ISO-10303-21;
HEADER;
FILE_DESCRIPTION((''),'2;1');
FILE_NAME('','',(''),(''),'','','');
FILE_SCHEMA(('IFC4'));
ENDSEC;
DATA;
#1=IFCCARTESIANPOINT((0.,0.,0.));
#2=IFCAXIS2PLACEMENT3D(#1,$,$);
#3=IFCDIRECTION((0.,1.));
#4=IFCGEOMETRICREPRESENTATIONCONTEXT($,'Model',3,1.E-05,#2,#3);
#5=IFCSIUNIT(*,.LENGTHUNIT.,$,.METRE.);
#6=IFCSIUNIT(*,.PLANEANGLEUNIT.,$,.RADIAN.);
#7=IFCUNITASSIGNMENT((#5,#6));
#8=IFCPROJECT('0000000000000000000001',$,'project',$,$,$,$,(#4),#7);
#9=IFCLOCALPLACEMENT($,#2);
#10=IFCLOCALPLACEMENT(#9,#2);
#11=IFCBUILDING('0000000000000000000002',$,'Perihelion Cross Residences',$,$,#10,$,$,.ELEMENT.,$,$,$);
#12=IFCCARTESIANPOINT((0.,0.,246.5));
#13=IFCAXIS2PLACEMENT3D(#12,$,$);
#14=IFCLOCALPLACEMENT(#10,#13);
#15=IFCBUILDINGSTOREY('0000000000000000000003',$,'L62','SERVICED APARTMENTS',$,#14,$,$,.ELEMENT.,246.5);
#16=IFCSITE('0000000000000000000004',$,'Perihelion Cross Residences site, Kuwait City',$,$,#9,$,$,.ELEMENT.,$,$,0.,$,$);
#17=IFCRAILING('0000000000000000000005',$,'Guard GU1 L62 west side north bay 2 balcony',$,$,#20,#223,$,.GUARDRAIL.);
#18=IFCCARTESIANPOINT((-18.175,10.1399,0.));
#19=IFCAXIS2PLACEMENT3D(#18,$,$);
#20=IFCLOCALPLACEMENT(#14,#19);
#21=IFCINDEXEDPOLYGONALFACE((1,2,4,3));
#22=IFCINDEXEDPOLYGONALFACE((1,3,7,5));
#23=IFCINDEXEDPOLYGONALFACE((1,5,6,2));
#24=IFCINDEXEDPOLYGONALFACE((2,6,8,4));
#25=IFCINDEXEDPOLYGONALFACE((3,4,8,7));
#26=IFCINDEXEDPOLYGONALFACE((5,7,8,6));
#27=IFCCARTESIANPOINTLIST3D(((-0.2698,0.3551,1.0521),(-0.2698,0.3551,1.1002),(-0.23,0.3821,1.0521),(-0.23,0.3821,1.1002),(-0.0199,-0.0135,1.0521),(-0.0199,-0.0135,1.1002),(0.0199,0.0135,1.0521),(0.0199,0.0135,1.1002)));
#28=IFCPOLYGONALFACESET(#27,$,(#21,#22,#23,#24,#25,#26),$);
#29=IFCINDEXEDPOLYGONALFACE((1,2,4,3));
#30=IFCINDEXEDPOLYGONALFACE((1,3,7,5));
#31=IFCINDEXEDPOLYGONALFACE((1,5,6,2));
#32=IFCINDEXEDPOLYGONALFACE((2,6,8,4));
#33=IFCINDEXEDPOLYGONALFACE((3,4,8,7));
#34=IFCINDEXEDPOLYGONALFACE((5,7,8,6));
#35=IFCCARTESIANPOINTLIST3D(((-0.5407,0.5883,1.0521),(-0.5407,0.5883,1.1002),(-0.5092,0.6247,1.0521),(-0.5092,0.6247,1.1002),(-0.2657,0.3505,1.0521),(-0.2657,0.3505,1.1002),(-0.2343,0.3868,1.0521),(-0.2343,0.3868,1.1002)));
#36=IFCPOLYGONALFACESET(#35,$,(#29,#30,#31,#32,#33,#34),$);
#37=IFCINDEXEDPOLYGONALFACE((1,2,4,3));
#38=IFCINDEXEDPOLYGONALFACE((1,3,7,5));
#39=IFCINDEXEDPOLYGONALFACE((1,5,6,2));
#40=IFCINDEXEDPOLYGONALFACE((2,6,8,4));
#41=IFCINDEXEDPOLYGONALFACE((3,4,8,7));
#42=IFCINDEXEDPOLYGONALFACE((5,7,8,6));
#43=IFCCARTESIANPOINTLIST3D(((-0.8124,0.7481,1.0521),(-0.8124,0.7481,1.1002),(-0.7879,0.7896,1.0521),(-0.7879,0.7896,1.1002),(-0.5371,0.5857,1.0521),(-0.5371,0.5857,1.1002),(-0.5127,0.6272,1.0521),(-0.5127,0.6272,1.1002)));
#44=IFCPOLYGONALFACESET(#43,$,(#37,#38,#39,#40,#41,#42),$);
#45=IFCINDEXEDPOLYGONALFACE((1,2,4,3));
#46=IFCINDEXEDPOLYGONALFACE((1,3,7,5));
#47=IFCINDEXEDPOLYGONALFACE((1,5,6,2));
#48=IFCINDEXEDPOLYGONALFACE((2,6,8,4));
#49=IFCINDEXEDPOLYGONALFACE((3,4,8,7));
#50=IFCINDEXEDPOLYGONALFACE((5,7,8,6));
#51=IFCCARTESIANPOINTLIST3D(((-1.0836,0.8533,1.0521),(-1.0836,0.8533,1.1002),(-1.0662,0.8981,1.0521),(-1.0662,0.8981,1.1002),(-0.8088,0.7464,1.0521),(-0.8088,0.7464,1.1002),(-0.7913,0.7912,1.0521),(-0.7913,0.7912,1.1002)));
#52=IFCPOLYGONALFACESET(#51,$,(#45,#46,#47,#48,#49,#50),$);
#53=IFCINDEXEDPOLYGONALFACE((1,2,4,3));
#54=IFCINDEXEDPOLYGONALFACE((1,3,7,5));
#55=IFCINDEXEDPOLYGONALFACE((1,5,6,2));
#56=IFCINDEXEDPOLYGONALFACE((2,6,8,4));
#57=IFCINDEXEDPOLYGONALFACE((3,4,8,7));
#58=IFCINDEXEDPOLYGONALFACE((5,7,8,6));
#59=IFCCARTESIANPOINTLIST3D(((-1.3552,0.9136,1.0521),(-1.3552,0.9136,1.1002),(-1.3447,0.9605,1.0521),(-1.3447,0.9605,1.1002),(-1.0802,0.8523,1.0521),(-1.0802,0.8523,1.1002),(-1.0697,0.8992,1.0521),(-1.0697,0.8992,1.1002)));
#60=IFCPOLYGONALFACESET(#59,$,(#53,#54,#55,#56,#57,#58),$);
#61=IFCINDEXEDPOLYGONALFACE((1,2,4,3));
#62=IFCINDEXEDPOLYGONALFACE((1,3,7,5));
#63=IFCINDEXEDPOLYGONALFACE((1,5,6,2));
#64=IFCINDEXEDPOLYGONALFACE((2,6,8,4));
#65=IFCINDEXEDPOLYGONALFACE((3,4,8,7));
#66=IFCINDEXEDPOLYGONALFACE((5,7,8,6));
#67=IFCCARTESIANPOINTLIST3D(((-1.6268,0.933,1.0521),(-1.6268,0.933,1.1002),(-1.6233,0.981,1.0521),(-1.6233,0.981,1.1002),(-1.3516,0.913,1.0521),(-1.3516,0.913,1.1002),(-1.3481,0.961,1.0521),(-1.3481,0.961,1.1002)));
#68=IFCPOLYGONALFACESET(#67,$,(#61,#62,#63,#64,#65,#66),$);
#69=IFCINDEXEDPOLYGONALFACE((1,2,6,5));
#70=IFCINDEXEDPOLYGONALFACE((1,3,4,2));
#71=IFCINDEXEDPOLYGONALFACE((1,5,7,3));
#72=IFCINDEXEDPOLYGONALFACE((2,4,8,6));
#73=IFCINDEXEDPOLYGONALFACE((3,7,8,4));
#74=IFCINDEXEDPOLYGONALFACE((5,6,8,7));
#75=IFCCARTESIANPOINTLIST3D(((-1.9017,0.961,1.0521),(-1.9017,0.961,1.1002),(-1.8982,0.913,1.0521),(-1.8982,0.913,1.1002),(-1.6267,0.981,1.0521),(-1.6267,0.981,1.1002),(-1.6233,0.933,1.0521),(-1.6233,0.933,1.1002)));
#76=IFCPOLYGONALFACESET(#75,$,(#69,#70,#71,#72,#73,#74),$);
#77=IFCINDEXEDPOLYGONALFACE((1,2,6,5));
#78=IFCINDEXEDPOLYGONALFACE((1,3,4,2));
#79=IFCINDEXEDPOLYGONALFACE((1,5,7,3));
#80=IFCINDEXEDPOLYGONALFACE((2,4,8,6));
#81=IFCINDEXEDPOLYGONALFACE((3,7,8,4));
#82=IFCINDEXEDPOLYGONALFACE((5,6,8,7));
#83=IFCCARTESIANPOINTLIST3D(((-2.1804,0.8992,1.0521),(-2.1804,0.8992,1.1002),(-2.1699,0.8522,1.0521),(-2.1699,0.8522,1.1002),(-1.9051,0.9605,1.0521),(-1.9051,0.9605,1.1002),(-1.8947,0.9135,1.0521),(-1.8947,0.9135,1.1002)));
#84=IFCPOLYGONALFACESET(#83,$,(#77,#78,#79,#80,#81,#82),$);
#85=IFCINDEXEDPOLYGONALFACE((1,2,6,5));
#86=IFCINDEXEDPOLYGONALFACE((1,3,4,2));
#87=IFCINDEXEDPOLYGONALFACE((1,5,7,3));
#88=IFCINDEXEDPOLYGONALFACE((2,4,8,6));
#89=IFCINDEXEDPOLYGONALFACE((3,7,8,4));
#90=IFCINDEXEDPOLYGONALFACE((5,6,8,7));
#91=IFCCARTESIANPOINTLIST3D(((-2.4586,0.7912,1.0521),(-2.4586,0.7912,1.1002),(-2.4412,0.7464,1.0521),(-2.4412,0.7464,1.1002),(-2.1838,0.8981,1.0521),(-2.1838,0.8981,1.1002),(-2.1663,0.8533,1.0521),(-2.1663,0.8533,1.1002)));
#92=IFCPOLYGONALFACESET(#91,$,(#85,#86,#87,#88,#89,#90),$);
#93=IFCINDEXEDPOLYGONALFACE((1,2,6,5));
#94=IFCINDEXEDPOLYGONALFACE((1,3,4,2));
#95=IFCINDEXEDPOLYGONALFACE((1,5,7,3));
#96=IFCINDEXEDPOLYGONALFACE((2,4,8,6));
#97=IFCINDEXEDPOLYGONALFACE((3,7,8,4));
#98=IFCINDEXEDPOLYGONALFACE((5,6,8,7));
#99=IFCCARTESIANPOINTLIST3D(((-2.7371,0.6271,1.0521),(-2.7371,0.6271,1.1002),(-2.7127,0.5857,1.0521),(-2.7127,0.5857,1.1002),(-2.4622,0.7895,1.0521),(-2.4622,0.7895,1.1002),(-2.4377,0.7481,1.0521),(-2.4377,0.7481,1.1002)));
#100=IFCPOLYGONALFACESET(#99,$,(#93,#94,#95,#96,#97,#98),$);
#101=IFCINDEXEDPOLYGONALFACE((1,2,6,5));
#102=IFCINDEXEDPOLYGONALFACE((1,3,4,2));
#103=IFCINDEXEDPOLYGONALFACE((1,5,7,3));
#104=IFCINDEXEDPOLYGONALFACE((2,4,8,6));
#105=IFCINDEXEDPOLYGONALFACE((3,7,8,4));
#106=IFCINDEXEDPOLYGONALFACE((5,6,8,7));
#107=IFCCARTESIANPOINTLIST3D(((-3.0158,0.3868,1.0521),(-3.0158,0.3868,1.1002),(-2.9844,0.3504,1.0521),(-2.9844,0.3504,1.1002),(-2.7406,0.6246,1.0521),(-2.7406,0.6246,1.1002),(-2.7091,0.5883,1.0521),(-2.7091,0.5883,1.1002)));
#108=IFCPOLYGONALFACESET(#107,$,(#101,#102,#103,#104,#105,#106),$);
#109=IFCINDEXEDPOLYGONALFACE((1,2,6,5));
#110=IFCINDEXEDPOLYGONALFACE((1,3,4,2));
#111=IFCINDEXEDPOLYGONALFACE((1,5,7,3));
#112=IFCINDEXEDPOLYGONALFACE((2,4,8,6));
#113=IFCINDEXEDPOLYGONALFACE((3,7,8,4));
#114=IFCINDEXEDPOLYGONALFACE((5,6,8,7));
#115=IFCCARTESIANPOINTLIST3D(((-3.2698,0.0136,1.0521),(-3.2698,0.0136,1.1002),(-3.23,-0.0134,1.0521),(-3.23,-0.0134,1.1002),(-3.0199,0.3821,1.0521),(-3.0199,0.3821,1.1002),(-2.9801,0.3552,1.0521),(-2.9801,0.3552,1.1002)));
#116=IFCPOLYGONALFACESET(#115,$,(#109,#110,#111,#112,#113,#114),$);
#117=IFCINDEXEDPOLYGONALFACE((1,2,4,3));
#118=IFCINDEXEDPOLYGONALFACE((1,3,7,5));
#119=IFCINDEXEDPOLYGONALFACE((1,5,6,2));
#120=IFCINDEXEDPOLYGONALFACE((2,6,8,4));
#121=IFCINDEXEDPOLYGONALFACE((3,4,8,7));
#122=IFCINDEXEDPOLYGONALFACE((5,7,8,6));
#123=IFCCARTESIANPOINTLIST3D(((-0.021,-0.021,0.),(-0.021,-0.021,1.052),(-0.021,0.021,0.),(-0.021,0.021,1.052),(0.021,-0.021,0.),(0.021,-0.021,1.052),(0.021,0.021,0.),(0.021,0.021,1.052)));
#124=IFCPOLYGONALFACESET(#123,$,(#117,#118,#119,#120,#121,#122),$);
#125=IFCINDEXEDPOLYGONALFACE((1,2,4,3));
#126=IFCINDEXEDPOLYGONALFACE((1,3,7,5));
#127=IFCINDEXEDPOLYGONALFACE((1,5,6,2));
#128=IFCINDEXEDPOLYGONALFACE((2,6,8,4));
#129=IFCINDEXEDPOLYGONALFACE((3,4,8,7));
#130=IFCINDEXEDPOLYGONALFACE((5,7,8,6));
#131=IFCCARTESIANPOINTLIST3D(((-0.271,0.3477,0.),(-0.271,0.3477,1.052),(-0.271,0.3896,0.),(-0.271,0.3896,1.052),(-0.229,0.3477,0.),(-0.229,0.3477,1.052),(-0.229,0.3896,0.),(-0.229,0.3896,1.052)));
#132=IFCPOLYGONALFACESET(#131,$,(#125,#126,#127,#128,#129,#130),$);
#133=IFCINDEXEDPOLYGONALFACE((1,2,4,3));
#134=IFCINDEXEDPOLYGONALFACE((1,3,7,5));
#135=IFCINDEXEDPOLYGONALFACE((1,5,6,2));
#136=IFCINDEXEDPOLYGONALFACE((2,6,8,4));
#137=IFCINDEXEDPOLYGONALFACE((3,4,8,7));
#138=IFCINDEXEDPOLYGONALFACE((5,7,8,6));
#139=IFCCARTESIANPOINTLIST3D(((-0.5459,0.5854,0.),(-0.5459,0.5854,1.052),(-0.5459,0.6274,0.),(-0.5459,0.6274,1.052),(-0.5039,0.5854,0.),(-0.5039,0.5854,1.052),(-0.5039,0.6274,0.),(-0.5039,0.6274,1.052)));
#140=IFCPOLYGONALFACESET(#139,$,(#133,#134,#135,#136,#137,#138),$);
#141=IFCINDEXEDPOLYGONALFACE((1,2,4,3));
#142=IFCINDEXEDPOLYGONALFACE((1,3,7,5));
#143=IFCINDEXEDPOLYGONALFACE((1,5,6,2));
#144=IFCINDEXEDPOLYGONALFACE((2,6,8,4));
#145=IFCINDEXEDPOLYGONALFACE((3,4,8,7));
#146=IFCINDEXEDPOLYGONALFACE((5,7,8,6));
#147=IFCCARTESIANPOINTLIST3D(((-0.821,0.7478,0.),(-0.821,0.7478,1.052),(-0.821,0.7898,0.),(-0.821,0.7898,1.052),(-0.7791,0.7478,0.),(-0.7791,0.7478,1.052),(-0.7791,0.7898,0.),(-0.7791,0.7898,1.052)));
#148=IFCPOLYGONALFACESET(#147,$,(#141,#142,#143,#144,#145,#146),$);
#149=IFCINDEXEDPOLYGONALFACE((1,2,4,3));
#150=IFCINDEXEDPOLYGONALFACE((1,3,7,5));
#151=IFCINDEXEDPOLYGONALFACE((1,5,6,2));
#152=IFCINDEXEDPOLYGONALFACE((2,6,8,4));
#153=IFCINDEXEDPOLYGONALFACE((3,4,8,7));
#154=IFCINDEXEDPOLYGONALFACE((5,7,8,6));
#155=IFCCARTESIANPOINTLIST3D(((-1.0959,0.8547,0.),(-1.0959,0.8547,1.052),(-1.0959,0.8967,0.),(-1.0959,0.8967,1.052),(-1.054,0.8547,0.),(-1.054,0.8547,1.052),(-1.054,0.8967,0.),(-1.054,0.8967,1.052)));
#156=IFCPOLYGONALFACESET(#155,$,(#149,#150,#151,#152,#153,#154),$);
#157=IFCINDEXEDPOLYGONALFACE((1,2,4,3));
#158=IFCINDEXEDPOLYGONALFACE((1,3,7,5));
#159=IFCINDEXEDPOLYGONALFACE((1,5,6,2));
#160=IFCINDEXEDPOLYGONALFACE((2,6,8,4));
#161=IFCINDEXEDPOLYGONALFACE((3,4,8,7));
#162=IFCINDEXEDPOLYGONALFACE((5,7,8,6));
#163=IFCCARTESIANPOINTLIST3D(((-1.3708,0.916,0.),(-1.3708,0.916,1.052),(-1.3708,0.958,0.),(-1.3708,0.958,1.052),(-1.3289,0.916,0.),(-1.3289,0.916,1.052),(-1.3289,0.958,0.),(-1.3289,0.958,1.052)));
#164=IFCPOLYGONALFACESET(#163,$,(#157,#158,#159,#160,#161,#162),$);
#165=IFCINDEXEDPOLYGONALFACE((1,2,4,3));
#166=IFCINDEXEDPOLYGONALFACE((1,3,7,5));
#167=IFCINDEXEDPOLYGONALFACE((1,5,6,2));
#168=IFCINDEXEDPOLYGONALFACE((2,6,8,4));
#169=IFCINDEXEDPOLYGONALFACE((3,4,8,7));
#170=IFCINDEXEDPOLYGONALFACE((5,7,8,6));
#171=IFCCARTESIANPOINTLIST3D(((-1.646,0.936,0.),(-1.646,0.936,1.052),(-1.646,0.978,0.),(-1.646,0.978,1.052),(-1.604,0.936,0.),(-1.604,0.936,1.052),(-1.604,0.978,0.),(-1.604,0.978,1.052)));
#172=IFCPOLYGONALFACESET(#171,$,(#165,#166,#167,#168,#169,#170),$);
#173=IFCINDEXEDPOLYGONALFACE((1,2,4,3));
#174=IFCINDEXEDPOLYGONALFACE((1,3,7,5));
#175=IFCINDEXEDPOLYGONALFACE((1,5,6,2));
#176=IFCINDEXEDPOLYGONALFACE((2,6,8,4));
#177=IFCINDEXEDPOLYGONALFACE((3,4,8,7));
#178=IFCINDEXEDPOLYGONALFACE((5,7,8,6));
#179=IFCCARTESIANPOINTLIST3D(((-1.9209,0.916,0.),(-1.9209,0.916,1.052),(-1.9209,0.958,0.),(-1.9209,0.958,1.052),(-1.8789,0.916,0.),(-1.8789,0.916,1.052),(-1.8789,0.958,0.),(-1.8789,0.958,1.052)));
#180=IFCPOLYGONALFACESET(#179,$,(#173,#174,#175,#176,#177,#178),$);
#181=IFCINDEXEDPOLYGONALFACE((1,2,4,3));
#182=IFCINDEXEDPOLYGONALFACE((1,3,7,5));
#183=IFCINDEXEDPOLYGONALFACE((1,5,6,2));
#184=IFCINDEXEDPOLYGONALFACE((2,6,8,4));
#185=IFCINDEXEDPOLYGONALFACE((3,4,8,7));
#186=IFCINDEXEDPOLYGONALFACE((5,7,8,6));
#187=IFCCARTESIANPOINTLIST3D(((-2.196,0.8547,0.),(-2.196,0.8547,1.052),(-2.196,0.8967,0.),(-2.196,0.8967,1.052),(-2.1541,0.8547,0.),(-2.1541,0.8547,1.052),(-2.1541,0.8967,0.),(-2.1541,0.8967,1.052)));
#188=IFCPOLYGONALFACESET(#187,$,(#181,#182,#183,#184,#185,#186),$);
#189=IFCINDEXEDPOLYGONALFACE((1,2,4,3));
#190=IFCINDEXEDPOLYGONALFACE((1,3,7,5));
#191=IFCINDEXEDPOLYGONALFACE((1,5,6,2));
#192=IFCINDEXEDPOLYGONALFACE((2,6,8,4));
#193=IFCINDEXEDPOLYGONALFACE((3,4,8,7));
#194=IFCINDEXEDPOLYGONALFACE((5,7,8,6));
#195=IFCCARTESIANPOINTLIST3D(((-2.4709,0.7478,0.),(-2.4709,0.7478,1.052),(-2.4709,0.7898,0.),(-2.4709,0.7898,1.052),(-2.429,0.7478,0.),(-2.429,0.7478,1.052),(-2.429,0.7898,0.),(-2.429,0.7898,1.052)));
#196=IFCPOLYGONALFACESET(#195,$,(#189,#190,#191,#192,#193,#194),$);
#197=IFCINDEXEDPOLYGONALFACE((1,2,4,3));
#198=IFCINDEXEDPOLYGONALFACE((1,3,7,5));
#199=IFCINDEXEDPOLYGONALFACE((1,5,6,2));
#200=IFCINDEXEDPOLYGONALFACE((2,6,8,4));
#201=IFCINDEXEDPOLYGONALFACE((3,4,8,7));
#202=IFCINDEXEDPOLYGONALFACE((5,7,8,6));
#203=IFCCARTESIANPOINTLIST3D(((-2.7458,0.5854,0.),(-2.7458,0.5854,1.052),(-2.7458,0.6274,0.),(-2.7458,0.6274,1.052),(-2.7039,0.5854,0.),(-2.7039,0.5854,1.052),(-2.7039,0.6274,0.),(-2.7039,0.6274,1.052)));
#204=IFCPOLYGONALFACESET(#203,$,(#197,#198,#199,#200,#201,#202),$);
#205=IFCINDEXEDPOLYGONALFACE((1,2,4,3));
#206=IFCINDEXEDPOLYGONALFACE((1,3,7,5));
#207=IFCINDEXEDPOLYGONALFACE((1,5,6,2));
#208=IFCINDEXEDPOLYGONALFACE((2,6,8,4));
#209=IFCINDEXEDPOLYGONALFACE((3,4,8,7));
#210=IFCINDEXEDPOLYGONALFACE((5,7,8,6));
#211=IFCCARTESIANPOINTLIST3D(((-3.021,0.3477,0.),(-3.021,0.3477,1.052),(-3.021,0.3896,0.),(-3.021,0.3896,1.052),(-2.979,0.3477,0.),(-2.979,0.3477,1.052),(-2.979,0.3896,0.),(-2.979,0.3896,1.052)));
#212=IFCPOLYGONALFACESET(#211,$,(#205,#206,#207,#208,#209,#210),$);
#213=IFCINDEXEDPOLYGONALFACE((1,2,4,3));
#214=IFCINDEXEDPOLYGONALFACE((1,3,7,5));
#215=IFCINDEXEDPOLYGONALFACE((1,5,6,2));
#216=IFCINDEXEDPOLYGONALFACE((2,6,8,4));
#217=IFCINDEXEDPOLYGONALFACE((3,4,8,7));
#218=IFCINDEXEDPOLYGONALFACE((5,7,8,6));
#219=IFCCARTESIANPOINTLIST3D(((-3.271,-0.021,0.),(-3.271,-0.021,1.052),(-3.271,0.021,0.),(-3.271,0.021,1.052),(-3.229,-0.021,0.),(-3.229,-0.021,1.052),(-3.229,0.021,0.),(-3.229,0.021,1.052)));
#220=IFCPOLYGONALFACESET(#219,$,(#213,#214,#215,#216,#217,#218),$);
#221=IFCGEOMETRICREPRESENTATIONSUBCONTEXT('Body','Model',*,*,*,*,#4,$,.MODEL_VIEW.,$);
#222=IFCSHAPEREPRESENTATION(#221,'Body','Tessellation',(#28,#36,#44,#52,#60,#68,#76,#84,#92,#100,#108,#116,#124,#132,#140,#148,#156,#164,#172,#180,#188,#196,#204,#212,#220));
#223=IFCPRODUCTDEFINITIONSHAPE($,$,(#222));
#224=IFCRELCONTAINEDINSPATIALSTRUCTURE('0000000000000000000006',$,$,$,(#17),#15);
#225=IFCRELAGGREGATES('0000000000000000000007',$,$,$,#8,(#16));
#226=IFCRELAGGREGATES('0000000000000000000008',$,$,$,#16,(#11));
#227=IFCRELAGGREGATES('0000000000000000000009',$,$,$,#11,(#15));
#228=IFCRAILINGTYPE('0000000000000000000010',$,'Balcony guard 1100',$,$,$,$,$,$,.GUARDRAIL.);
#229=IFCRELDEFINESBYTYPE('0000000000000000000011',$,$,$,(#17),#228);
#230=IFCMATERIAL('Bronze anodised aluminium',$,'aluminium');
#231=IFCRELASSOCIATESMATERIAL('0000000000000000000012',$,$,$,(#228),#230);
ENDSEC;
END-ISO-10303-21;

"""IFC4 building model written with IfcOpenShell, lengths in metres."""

from ifc_helpers import new_model, si_unit, direction, frame, origin, origin_2d, place, context, subcontext, project, spatial, rectangle, extrude, material, type_object, element, save


model = new_model("IFC4")

# Units and contexts
model_context = context("Model", 3, precision=1e-05, world=origin(), true_north=direction((0.0, 1.0)))
body_context = subcontext(model_context, "Body", "Model", "MODEL_VIEW")
ifc_project = project(units=[si_unit("LENGTHUNIT", "METRE"), si_unit("PLANEANGLEUNIT", "RADIAN")], contexts=[model_context])

# Site, building, storey
site_placement = place(None, origin())
site = spatial("IfcSite", under=ifc_project, at=site_placement, Name="Perihelion Cross Residences site, Kuwait City", CompositionType="ELEMENT", RefElevation=0.0)
building_placement = place(site_placement, origin())
building = spatial("IfcBuilding", under=site, at=building_placement, Name="Perihelion Cross Residences", CompositionType="ELEMENT")
storey_placement = place(building_placement, frame((0.0, 0.0, 246.5)))
storey = spatial("IfcBuildingStorey", under=building, at=storey_placement, Name="L62", Description="SERVICED APARTMENTS", CompositionType="ELEMENT", Elevation=246.5)

# Railing
ifc_material_1 = material(Name="Bronze anodised aluminium", Category="aluminium")
railing_type = type_object("IfcRailingType", Name="Balcony guard 1100", PredefinedType="GUARDRAIL", material=ifc_material_1)
railing_placement = place(storey_placement, frame((-18.175, 10.1399, 0.0)))
element("IfcRailing", 1, at=railing_placement, inside=storey, type_object=railing_type, Name="Guard GU1 L62 west side north bay 2 balcony", PredefinedType="GUARDRAIL", context=body_context, shape_type="SweptSolid", body=[
    extrude(rectangle(XDim=0.0481, YDim=0.0481, at=origin_2d()), frame((0.0, 0.0, 1.0762), z_axis=(-0.56126, 0.827639, 0.0), x_axis=(-0.827639, -0.56126, 0.0)), (0.0, 0.0, 1.0), 0.4453),
    extrude(rectangle(XDim=0.0481, YDim=0.0481, at=origin_2d()), frame((-0.25, 0.3687, 1.0762), z_axis=(-0.756309, 0.654214, 0.0), x_axis=(-0.654214, -0.756309, 0.0)), (0.0, 0.0, 1.0), 0.3635),
    extrude(rectangle(XDim=0.0481, YDim=0.0481, at=origin_2d()), frame((-0.5249, 0.6064, 1.0762), z_axis=(-0.861246, 0.508189, 0.0), x_axis=(-0.508189, -0.861246, 0.0)), (0.0, 0.0, 1.0), 0.3196),
    extrude(rectangle(XDim=0.0481, YDim=0.0481, at=origin_2d()), frame((-0.8, 0.7688, 1.0762), z_axis=(-0.931974, 0.362526, 0.0), x_axis=(-0.362526, -0.931974, 0.0)), (0.0, 0.0, 1.0), 0.2949),
    extrude(rectangle(XDim=0.0481, YDim=0.0481, at=origin_2d()), frame((-1.075, 0.8757, 1.0762), z_axis=(-0.976044, 0.217573, 0.0), x_axis=(-0.217573, -0.976044, 0.0)), (0.0, 0.0, 1.0), 0.2817),
    extrude(rectangle(XDim=0.0481, YDim=0.0481, at=origin_2d()), frame((-1.3499, 0.937, 1.0762), z_axis=(-0.997363, 0.072568, 0.0), x_axis=(-0.072568, -0.997363, 0.0)), (0.0, 0.0, 1.0), 0.2759),
    extrude(rectangle(XDim=0.0481, YDim=0.0481, at=origin_2d()), frame((-1.625, 0.957, 1.0762), z_axis=(-0.997359, -0.072632, 0.0), x_axis=(0.072632, -0.997359, 0.0)), (0.0, 0.0, 1.0), 0.2756),
    extrude(rectangle(XDim=0.0481, YDim=0.0481, at=origin_2d()), frame((-1.8999, 0.937, 1.0762), z_axis=(-0.976085, -0.217389, 0.0), x_axis=(0.217389, -0.976085, 0.0)), (0.0, 0.0, 1.0), 0.282),
    extrude(rectangle(XDim=0.0481, YDim=0.0481, at=origin_2d()), frame((-2.175, 0.8757, 1.0762), z_axis=(-0.931974, -0.362526, 0.0), x_axis=(0.362526, -0.931974, 0.0)), (0.0, 0.0, 1.0), 0.2949),
    extrude(rectangle(XDim=0.0481, YDim=0.0481, at=origin_2d()), frame((-2.45, 0.7688, 1.0762), z_axis=(-0.861048, -0.508523, 0.0), x_axis=(0.508523, -0.861048, 0.0)), (0.0, 0.0, 1.0), 0.3193),
    extrude(rectangle(XDim=0.0481, YDim=0.0481, at=origin_2d()), frame((-2.7249, 0.6064, 1.0762), z_axis=(-0.756597, -0.653882, 0.0), x_axis=(0.653882, -0.756597, 0.0)), (0.0, 0.0, 1.0), 0.3638),
    extrude(rectangle(XDim=0.0481, YDim=0.0481, at=origin_2d()), frame((-3.0, 0.3687, 1.0762), z_axis=(-0.56126, -0.827639, 0.0), x_axis=(0.827639, -0.56126, 0.0)), (0.0, 0.0, 1.0), 0.4453),
    extrude(rectangle(XDim=0.042, YDim=0.042, at=origin_2d()), origin(), (0.0, 0.0, 1.0), 1.052),
    extrude(rectangle(XDim=0.042, YDim=0.042, at=origin_2d()), frame((-0.25, 0.3687, 0.0)), (0.0, 0.0, 1.0), 1.052),
    extrude(rectangle(XDim=0.042, YDim=0.042, at=origin_2d()), frame((-0.5249, 0.6064, 0.0)), (0.0, 0.0, 1.0), 1.052),
    extrude(rectangle(XDim=0.042, YDim=0.042, at=origin_2d()), frame((-0.8, 0.7688, 0.0)), (0.0, 0.0, 1.0), 1.052),
    extrude(rectangle(XDim=0.042, YDim=0.042, at=origin_2d()), frame((-1.075, 0.8757, 0.0)), (0.0, 0.0, 1.0), 1.052),
    extrude(rectangle(XDim=0.042, YDim=0.042, at=origin_2d()), frame((-1.3499, 0.937, 0.0)), (0.0, 0.0, 1.0), 1.052),
    extrude(rectangle(XDim=0.042, YDim=0.042, at=origin_2d()), frame((-1.625, 0.957, 0.0)), (0.0, 0.0, 1.0), 1.052),
    extrude(rectangle(XDim=0.042, YDim=0.042, at=origin_2d()), frame((-1.8999, 0.937, 0.0)), (0.0, 0.0, 1.0), 1.052),
    extrude(rectangle(XDim=0.042, YDim=0.042, at=origin_2d()), frame((-2.175, 0.8757, 0.0)), (0.0, 0.0, 1.0), 1.052),
    extrude(rectangle(XDim=0.042, YDim=0.042, at=origin_2d()), frame((-2.45, 0.7688, 0.0)), (0.0, 0.0, 1.0), 1.052),
    extrude(rectangle(XDim=0.042, YDim=0.042, at=origin_2d()), frame((-2.7249, 0.6064, 0.0)), (0.0, 0.0, 1.0), 1.052),
    extrude(rectangle(XDim=0.042, YDim=0.042, at=origin_2d()), frame((-3.0, 0.3687, 0.0)), (0.0, 0.0, 1.0), 1.052),
    extrude(rectangle(XDim=0.042, YDim=0.042, at=origin_2d()), frame((-3.25, 0.0, 0.0)), (0.0, 0.0, 1.0), 1.052),
])

save(model, "model.ifc")
